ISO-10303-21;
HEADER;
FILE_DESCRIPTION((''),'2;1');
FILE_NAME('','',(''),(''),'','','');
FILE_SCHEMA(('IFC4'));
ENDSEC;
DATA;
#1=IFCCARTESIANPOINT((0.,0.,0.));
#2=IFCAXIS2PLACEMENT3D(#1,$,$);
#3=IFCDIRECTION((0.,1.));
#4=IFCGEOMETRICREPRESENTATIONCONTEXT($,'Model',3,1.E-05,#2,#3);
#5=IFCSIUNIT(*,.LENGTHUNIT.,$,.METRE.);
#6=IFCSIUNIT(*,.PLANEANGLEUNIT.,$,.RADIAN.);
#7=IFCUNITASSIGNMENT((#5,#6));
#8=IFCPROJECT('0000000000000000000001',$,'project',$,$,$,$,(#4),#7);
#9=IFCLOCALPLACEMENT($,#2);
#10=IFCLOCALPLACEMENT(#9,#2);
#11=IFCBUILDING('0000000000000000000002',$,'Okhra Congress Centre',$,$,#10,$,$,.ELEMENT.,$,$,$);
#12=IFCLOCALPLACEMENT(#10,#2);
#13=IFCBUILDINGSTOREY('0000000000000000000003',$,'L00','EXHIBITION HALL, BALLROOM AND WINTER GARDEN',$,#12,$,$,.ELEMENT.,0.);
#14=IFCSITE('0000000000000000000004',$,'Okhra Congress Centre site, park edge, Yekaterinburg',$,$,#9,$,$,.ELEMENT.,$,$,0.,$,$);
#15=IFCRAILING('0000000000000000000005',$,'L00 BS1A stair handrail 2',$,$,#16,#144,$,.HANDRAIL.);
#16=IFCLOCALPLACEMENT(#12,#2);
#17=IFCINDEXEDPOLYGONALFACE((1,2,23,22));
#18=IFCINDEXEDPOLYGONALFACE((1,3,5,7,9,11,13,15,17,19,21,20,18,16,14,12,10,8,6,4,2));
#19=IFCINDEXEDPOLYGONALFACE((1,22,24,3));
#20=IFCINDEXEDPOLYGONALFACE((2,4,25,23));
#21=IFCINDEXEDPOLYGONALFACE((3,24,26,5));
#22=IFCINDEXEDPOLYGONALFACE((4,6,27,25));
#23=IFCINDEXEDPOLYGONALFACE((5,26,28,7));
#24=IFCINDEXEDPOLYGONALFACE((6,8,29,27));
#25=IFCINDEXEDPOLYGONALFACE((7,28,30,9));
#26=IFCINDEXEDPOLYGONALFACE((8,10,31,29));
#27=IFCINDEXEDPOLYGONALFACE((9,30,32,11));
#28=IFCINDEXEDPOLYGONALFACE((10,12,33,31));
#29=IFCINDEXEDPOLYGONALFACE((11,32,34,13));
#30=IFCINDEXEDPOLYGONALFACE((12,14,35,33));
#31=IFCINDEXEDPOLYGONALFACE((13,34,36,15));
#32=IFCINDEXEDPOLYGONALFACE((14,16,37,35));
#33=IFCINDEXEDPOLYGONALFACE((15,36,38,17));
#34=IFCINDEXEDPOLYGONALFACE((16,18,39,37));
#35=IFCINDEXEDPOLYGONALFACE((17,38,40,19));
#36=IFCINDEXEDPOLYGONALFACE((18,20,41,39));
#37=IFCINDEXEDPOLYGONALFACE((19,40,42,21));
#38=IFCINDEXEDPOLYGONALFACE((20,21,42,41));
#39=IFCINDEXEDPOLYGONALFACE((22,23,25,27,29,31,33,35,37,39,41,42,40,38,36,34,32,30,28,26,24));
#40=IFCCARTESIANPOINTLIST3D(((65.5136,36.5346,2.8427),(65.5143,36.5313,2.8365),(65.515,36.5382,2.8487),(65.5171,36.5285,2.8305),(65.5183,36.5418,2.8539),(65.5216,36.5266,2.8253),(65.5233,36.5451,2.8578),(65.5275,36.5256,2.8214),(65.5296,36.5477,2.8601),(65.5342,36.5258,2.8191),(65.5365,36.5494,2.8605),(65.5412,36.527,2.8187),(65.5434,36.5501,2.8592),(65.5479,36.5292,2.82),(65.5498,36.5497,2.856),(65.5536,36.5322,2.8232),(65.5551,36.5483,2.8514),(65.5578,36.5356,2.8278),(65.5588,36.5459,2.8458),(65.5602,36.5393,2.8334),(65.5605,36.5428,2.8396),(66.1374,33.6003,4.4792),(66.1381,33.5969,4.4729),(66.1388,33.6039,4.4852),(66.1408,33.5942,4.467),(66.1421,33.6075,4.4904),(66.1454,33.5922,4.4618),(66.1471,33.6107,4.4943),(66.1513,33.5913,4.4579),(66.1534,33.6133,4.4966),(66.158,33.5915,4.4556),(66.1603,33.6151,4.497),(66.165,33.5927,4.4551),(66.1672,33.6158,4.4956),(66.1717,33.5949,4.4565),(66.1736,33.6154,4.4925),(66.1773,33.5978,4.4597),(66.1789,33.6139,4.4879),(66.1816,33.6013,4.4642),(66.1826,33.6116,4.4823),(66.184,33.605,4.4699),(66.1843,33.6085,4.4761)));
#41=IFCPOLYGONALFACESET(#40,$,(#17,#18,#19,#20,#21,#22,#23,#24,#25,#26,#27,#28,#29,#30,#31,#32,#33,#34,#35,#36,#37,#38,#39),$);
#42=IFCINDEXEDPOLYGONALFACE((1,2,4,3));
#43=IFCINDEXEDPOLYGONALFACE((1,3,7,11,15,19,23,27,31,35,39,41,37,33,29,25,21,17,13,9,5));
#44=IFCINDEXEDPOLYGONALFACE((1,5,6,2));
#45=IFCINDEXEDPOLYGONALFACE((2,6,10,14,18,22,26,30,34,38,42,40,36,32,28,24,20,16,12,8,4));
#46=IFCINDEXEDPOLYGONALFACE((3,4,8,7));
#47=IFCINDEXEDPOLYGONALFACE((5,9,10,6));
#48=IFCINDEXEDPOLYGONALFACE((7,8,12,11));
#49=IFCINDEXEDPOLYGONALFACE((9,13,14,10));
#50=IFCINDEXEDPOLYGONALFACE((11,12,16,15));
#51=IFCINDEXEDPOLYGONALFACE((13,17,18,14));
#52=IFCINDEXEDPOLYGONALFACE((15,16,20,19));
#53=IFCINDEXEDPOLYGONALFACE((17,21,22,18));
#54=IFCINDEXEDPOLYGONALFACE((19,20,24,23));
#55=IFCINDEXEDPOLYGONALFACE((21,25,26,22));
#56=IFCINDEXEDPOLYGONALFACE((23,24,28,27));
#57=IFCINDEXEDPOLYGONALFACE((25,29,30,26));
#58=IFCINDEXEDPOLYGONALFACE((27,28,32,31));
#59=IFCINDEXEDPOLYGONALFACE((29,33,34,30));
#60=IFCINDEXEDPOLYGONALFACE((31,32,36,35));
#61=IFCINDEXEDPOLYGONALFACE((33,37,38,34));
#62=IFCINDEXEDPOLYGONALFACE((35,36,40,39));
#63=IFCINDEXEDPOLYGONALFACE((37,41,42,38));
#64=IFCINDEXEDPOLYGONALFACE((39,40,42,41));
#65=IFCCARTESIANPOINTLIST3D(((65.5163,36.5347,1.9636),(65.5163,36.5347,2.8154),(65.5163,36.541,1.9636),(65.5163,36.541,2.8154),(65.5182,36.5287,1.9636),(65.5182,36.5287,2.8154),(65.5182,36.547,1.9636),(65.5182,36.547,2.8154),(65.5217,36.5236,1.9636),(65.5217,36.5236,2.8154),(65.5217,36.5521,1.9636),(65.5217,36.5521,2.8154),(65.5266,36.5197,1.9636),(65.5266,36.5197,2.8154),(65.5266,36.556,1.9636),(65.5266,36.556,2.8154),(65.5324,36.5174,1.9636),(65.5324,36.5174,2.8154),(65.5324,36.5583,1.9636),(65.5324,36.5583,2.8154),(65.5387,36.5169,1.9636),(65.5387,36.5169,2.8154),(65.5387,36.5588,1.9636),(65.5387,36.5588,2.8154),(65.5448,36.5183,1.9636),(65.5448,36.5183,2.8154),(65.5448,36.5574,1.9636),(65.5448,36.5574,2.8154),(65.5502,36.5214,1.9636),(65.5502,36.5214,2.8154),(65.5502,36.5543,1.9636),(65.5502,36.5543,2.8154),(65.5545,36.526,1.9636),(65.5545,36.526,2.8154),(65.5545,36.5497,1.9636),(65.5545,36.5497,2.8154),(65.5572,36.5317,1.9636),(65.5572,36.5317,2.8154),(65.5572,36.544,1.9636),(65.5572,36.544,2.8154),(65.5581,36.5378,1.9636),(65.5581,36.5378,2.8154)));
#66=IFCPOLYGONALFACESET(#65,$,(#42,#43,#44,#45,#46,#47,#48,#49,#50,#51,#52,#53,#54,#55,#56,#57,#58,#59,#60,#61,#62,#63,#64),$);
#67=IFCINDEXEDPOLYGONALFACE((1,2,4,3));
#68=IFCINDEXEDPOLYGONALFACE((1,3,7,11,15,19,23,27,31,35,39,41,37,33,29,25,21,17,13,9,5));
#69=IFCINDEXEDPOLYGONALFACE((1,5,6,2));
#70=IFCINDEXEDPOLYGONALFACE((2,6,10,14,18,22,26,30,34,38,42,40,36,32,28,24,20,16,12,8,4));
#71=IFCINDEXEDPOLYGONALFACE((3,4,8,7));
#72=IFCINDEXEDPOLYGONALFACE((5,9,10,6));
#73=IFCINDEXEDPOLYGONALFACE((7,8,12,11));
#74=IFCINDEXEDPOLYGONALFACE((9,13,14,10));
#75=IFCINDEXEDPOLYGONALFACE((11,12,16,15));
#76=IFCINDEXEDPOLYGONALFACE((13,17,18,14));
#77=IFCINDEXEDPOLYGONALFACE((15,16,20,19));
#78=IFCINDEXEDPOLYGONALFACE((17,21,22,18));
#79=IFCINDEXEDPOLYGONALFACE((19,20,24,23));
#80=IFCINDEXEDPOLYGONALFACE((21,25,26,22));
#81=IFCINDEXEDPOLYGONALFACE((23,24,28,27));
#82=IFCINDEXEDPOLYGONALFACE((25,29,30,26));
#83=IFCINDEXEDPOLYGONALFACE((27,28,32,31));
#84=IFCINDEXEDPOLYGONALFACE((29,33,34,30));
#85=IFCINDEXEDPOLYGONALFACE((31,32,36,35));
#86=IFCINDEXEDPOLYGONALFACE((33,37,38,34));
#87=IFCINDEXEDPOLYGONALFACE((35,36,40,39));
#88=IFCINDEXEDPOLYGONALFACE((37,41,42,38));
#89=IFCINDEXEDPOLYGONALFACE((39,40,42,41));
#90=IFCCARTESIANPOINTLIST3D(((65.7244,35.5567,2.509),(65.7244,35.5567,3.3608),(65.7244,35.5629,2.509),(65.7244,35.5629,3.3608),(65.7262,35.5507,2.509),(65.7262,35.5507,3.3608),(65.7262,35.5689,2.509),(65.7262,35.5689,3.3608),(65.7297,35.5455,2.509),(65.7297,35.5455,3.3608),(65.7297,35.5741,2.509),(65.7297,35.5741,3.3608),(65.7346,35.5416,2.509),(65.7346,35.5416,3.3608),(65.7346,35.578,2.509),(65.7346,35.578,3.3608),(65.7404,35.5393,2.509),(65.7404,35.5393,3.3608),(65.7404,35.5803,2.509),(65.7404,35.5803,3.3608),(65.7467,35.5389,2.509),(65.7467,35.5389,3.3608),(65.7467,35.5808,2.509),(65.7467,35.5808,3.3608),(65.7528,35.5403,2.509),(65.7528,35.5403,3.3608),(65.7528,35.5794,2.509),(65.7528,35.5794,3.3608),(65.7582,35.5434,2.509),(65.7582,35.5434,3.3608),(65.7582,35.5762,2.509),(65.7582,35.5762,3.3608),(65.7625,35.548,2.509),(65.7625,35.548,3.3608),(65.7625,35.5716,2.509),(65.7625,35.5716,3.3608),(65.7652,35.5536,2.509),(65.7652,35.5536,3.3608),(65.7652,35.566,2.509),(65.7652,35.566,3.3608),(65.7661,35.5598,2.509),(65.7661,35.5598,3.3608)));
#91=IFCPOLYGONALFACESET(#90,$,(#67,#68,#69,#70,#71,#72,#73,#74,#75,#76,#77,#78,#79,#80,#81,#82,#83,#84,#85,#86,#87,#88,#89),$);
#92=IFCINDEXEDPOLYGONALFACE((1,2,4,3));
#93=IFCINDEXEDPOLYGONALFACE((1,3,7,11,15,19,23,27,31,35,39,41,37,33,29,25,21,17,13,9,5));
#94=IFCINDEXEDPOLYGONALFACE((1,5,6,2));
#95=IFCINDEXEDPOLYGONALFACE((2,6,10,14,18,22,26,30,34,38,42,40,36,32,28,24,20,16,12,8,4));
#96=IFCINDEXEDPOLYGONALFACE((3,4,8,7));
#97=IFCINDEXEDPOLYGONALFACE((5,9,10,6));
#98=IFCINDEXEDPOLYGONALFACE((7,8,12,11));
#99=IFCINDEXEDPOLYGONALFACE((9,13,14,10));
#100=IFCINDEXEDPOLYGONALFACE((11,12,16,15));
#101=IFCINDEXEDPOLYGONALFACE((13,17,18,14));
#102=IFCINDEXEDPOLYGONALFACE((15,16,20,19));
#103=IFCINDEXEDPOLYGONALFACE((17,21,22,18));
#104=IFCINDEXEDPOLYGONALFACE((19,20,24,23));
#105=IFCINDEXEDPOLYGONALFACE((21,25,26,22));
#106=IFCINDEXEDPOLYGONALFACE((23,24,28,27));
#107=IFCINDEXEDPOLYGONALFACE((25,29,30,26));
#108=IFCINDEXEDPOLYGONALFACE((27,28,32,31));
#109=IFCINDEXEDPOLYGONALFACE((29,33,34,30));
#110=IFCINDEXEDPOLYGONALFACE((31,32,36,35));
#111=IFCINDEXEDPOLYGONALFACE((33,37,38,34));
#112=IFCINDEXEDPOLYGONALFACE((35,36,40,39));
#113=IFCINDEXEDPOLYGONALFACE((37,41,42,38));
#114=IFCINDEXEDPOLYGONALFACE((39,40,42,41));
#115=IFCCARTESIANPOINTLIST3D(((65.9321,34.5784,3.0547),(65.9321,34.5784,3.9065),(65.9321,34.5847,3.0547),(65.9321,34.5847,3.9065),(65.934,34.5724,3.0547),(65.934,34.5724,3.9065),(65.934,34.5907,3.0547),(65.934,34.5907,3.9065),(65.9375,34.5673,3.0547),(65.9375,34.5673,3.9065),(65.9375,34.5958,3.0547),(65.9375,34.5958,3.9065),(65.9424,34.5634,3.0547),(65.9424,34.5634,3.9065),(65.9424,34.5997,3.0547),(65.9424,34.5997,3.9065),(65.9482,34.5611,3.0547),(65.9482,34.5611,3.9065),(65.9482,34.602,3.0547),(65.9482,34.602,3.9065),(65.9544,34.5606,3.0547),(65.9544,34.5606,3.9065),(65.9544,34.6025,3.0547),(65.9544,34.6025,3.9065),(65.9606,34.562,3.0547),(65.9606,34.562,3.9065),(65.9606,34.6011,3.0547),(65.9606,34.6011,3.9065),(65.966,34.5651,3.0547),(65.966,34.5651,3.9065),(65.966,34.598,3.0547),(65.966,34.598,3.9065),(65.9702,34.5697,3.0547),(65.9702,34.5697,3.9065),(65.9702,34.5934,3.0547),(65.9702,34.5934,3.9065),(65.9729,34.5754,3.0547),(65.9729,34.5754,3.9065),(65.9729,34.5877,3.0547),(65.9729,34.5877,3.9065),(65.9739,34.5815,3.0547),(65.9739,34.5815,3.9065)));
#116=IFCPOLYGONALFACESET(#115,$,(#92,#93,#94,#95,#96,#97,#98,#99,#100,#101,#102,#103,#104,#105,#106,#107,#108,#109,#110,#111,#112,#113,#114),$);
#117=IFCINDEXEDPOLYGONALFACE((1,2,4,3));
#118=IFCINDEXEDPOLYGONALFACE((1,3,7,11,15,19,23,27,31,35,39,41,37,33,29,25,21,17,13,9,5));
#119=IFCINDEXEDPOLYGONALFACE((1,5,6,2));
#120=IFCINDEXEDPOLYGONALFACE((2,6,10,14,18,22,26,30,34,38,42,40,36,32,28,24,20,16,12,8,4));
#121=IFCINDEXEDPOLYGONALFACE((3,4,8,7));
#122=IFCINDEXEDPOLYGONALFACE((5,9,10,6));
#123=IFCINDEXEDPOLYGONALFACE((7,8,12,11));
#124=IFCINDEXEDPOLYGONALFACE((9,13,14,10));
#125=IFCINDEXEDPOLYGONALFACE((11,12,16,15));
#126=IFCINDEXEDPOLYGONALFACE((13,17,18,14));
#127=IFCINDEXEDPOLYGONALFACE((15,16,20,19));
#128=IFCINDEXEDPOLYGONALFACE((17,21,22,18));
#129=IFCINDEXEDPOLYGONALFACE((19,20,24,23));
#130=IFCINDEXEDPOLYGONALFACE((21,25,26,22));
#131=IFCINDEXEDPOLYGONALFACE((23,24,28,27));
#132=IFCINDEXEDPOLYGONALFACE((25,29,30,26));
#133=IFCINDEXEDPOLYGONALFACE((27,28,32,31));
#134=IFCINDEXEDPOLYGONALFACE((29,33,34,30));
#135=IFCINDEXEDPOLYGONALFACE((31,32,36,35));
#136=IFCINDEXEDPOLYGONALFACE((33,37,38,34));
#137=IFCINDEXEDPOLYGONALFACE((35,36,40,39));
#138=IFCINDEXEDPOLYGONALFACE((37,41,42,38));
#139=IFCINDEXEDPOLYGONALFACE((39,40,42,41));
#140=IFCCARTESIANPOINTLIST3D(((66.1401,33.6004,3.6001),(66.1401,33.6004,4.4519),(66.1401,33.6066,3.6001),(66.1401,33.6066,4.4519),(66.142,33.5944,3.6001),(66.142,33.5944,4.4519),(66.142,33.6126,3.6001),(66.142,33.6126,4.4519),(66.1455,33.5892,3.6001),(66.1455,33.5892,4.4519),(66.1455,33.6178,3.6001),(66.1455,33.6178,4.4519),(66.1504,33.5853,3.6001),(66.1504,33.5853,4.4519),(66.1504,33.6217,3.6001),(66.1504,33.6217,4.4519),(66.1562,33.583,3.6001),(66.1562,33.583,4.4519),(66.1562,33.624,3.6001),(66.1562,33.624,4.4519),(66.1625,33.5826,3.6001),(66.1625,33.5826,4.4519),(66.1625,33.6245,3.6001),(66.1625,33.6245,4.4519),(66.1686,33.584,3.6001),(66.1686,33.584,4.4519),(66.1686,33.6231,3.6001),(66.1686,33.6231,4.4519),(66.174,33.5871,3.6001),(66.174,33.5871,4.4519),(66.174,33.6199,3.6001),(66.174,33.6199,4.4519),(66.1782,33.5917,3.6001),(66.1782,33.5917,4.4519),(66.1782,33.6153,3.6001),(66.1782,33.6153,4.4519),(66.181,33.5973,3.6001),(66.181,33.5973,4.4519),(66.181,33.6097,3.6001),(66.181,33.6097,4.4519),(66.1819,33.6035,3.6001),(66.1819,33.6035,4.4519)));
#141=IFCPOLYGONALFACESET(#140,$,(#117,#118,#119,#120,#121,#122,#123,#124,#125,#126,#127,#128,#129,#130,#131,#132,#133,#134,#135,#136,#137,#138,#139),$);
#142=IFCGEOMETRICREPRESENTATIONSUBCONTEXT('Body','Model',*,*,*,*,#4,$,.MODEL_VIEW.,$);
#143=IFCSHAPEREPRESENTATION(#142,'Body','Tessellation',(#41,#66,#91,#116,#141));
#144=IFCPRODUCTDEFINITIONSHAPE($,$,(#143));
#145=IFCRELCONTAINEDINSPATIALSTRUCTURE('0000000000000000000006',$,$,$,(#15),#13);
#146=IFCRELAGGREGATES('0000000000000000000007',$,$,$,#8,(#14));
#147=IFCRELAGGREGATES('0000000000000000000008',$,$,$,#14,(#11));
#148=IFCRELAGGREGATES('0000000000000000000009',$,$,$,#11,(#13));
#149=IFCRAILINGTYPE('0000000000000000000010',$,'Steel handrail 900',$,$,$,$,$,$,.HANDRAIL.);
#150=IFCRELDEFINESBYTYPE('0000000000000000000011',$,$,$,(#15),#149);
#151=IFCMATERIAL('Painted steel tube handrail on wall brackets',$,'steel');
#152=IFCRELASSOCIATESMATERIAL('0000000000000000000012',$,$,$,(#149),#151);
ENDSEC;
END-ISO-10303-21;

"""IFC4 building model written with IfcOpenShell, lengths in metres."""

from ifc_helpers import new_model, si_unit, direction, frame, origin, origin_2d, place, context, subcontext, project, spatial, circle, extrude, material, type_object, element, save


model = new_model("IFC4")

# Units and contexts
model_context = context("Model", 3, precision=1e-05, world=origin(), true_north=direction((0.0, 1.0)))
body_context = subcontext(model_context, "Body", "Model", "MODEL_VIEW")
ifc_project = project(units=[si_unit("LENGTHUNIT", "METRE"), si_unit("PLANEANGLEUNIT", "RADIAN")], contexts=[model_context])

# Site, building, storey
site_placement = place(None, origin())
site = spatial("IfcSite", under=ifc_project, at=site_placement, Name="Okhra Congress Centre site, park edge, Yekaterinburg", CompositionType="ELEMENT", RefElevation=0.0)
building_placement = place(site_placement, origin())
building = spatial("IfcBuilding", under=site, at=building_placement, Name="Okhra Congress Centre", CompositionType="ELEMENT")
storey_placement = place(building_placement, origin())
storey = spatial("IfcBuildingStorey", under=building, at=storey_placement, Name="L00", Description="EXHIBITION HALL, BALLROOM AND WINTER GARDEN", CompositionType="ELEMENT", Elevation=0.0)

# Railing
ifc_material_1 = material(Name="Painted steel tube handrail on wall brackets", Category="steel")
railing_type_1 = type_object("IfcRailingType", Name="Steel handrail 900", PredefinedType="HANDRAIL", material=ifc_material_1)
railing_1_placement = place(storey_placement, frame((65.5371, 36.5378, 1.9636)))
element("IfcRailing", 1, at=railing_1_placement, inside=storey, type_object=railing_type_1, Name="L00 BS1A stair handrail 2", PredefinedType="HANDRAIL", context=body_context, shape_type="SweptSolid", body=[
    extrude(circle(Radius=0.0239, at=origin_2d()), frame((0.0, 0.0, 0.876), z_axis=(0.18254, -0.858687, 0.47889), x_axis=(0.978143, 0.207934, 0.0)), (0.0, 0.0, 1.0), 3.4172),
    extrude(circle(Radius=0.021, at=origin_2d()), origin(), (0.0, 0.0, 1.0), 0.8518),
    extrude(circle(Radius=0.021, at=origin_2d()), frame((0.208, -0.978, 0.5454)), (0.0, 0.0, 1.0), 0.8518),
    extrude(circle(Radius=0.021, at=origin_2d()), frame((0.4158, -1.9563, 1.0911)), (0.0, 0.0, 1.0), 0.8518),
    extrude(circle(Radius=0.021, at=origin_2d()), frame((0.6238, -2.9343, 1.6365)), (0.0, 0.0, 1.0), 0.8518),
])

save(model, "model.ifc")
